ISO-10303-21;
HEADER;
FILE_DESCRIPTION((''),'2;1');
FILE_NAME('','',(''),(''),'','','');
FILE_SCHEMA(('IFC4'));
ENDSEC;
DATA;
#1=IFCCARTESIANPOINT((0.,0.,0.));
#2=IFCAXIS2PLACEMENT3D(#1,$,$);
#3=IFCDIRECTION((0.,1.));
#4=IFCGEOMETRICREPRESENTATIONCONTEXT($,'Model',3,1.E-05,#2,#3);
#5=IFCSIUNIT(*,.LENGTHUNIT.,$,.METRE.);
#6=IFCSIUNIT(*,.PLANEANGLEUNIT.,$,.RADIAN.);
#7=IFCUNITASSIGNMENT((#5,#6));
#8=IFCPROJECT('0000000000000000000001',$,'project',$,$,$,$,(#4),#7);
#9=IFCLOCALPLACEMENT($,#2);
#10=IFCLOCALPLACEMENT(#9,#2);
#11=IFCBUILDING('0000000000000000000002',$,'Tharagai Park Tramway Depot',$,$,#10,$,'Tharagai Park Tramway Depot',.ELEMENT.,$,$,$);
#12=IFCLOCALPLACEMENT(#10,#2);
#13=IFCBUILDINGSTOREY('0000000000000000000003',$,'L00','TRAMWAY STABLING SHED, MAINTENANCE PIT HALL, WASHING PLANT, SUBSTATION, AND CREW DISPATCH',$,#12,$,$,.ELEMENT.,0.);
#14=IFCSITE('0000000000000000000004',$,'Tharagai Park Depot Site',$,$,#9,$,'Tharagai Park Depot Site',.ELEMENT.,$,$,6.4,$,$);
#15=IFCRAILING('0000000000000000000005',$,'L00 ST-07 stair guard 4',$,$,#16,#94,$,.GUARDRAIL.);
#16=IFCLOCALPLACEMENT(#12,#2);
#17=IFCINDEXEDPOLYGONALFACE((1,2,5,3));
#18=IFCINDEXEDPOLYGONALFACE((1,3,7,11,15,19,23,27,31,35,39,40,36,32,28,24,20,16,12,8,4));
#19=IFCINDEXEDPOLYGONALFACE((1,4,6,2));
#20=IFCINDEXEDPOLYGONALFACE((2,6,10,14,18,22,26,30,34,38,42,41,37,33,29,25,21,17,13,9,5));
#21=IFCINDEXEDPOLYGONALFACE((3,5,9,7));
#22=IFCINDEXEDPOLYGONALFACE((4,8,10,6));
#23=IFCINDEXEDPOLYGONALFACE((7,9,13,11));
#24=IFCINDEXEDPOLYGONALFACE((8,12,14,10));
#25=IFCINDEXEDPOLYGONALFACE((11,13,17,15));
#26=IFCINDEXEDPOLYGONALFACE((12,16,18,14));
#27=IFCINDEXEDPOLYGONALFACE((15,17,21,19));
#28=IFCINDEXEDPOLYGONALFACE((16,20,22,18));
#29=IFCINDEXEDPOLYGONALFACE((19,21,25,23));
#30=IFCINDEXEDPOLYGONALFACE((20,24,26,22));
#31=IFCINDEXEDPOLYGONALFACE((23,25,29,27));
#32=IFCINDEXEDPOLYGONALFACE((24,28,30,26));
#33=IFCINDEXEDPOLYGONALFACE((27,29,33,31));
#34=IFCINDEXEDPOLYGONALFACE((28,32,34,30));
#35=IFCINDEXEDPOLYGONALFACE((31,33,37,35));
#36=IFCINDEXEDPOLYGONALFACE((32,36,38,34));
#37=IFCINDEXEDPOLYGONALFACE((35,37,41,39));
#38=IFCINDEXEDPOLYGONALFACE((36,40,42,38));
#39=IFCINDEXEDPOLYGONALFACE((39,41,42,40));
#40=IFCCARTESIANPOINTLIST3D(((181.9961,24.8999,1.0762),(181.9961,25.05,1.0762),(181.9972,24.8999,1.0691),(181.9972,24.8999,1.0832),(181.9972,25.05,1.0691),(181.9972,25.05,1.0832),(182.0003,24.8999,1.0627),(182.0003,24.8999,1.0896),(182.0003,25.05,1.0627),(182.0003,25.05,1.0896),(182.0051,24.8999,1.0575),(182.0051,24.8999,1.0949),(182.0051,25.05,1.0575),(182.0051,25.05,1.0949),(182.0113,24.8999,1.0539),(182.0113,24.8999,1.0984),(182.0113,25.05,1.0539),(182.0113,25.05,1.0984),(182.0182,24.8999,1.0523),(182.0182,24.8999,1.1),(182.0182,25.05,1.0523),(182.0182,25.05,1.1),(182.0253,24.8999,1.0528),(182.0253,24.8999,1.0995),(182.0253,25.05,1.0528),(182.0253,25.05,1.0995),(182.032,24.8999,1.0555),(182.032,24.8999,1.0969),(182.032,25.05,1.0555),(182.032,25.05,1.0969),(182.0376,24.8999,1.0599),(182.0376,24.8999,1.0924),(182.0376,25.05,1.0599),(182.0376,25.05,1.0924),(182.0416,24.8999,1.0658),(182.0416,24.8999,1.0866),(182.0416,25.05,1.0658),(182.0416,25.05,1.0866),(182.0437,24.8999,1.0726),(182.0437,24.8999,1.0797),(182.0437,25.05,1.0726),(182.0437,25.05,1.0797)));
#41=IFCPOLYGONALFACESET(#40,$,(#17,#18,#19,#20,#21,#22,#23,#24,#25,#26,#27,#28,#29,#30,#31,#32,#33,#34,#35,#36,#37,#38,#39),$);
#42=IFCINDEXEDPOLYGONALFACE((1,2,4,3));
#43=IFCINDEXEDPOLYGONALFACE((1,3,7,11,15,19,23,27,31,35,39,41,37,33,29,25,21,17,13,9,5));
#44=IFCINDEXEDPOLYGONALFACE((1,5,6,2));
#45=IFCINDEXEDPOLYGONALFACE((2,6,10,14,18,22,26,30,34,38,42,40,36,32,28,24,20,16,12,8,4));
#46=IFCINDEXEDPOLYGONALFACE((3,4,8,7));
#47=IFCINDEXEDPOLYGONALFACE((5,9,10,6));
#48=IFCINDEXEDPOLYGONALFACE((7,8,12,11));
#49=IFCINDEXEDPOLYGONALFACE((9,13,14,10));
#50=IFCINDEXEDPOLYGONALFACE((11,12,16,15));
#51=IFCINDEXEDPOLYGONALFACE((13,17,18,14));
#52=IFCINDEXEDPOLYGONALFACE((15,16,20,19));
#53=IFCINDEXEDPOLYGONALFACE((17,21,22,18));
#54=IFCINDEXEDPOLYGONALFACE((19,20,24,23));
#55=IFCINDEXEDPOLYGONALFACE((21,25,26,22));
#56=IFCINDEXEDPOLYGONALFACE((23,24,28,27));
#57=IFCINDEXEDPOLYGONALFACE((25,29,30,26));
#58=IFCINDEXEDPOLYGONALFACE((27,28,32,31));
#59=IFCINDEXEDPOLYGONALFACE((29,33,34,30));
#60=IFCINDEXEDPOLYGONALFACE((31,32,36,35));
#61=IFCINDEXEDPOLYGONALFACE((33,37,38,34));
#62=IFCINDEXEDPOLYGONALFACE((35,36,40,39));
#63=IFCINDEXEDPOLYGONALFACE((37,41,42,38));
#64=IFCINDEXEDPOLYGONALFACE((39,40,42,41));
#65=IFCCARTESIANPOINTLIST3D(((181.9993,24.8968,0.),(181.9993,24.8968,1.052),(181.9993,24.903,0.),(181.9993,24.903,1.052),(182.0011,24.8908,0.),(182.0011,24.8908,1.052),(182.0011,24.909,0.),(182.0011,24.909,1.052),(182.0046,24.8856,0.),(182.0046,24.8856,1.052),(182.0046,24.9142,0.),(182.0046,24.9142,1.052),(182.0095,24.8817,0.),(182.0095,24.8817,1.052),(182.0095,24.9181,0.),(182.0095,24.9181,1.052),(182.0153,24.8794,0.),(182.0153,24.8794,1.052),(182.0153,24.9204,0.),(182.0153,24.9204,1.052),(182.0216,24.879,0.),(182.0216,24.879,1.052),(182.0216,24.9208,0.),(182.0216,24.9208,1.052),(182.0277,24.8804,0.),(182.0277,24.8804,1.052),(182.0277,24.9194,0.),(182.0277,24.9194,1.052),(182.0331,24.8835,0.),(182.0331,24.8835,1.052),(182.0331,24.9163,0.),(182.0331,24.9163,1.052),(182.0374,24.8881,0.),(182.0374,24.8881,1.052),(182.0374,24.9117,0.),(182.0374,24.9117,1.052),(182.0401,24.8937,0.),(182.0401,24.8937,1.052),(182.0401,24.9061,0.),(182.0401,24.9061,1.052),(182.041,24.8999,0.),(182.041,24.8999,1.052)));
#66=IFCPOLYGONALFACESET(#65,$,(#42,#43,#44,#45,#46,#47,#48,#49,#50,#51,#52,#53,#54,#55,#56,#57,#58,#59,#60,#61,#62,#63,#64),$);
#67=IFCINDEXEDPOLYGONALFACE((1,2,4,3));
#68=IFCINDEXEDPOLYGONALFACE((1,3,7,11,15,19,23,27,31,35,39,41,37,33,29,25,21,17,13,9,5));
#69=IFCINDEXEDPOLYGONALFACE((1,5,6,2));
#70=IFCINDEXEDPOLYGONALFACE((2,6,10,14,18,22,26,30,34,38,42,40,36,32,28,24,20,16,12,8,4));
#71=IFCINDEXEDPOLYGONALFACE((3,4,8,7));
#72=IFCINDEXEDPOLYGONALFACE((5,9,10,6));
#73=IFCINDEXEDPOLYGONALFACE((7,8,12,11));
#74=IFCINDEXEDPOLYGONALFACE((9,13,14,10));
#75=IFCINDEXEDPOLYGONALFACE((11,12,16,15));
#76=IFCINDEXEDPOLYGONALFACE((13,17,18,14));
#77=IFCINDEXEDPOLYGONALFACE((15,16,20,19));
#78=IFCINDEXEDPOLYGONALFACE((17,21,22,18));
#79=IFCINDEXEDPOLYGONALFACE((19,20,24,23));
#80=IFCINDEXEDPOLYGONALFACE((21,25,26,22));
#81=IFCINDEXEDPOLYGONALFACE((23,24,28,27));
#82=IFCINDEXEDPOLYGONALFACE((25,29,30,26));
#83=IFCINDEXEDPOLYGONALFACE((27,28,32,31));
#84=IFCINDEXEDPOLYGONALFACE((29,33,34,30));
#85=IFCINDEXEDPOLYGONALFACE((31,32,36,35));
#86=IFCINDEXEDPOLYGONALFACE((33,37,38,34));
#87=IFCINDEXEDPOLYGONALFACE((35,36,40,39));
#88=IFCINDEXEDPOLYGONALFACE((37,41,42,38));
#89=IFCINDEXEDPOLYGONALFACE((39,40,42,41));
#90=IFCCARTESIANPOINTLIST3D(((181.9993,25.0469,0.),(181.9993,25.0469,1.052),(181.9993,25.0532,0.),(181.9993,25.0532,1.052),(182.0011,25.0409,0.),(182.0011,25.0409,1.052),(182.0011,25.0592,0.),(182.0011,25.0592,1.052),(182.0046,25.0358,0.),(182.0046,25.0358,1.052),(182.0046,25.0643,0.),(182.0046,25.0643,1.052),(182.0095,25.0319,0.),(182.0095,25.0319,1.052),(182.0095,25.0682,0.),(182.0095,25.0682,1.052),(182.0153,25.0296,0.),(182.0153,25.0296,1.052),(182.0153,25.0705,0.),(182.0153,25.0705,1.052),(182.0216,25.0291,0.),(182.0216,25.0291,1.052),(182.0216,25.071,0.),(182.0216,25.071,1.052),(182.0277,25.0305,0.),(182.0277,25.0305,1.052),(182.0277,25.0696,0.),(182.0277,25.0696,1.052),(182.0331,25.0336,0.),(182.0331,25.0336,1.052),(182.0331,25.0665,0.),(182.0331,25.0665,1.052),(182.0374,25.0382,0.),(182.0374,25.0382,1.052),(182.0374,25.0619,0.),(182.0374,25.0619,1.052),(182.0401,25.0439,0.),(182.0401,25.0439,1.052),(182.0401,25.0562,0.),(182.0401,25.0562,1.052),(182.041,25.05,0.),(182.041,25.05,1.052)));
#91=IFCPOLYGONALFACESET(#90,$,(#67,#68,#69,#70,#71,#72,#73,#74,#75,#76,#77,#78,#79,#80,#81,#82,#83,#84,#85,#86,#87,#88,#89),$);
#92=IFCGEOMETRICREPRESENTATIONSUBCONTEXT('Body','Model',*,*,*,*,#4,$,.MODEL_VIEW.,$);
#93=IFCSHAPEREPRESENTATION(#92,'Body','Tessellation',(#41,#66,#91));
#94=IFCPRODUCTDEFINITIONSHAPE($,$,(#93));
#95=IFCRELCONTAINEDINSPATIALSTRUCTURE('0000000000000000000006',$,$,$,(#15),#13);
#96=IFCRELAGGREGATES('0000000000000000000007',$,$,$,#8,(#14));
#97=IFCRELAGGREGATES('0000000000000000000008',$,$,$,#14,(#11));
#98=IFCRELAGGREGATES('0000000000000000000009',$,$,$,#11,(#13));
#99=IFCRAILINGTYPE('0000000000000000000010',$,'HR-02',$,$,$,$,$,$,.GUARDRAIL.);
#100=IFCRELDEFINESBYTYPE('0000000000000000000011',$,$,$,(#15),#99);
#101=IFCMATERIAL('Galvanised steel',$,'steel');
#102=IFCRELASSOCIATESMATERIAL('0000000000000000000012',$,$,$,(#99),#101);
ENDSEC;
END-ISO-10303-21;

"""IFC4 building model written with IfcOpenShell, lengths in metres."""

from ifc_helpers import new_model, si_unit, direction, frame, origin, origin_2d, place, context, subcontext, project, spatial, circle, extrude, material, type_object, element, save


model = new_model("IFC4")

# Units and contexts
model_context = context("Model", 3, precision=1e-05, world=origin(), true_north=direction((0.0, 1.0)))
body_context = subcontext(model_context, "Body", "Model", "MODEL_VIEW")
ifc_project = project(units=[si_unit("LENGTHUNIT", "METRE"), si_unit("PLANEANGLEUNIT", "RADIAN")], contexts=[model_context])

# Site, building, storey
site_placement = place(None, origin())
site = spatial("IfcSite", under=ifc_project, at=site_placement, Name="Tharagai Park Depot Site", LongName="Tharagai Park Depot Site", CompositionType="ELEMENT", RefElevation=6.4)
building_placement = place(site_placement, origin())
building = spatial("IfcBuilding", under=site, at=building_placement, Name="Tharagai Park Tramway Depot", LongName="Tharagai Park Tramway Depot", CompositionType="ELEMENT")
storey_placement = place(building_placement, origin())
storey = spatial("IfcBuildingStorey", under=building, at=storey_placement, Name="L00", Description="TRAMWAY STABLING SHED, MAINTENANCE PIT HALL, WASHING PLANT, SUBSTATION, AND CREW DISPATCH", CompositionType="ELEMENT", Elevation=0.0)

# Railing
ifc_material_1 = material(Name="Galvanised steel", Category="steel")
railing_type_1 = type_object("IfcRailingType", Name="HR-02", PredefinedType="GUARDRAIL", material=ifc_material_1)
railing_1_placement = place(storey_placement, frame((182.02, 24.8999, 0.0)))
element("IfcRailing", 1, at=railing_1_placement, inside=storey, type_object=railing_type_1, Name="L00 ST-07 stair guard 4", PredefinedType="GUARDRAIL", context=body_context, shape_type="SweptSolid", body=[
    extrude(circle(Radius=0.0239, at=origin_2d()), frame((0.0, 0.0, 1.0762), z_axis=(0.0, 1.0, 0.0), x_axis=(-1.0, 0.0, 0.0)), (0.0, 0.0, 1.0), 0.1501),
    extrude(circle(Radius=0.021, at=origin_2d()), origin(), (0.0, 0.0, 1.0), 1.052),
    extrude(circle(Radius=0.021, at=origin_2d()), frame((0.0, 0.1501, 0.0)), (0.0, 0.0, 1.0), 1.052),
])

save(model, "model.ifc")
